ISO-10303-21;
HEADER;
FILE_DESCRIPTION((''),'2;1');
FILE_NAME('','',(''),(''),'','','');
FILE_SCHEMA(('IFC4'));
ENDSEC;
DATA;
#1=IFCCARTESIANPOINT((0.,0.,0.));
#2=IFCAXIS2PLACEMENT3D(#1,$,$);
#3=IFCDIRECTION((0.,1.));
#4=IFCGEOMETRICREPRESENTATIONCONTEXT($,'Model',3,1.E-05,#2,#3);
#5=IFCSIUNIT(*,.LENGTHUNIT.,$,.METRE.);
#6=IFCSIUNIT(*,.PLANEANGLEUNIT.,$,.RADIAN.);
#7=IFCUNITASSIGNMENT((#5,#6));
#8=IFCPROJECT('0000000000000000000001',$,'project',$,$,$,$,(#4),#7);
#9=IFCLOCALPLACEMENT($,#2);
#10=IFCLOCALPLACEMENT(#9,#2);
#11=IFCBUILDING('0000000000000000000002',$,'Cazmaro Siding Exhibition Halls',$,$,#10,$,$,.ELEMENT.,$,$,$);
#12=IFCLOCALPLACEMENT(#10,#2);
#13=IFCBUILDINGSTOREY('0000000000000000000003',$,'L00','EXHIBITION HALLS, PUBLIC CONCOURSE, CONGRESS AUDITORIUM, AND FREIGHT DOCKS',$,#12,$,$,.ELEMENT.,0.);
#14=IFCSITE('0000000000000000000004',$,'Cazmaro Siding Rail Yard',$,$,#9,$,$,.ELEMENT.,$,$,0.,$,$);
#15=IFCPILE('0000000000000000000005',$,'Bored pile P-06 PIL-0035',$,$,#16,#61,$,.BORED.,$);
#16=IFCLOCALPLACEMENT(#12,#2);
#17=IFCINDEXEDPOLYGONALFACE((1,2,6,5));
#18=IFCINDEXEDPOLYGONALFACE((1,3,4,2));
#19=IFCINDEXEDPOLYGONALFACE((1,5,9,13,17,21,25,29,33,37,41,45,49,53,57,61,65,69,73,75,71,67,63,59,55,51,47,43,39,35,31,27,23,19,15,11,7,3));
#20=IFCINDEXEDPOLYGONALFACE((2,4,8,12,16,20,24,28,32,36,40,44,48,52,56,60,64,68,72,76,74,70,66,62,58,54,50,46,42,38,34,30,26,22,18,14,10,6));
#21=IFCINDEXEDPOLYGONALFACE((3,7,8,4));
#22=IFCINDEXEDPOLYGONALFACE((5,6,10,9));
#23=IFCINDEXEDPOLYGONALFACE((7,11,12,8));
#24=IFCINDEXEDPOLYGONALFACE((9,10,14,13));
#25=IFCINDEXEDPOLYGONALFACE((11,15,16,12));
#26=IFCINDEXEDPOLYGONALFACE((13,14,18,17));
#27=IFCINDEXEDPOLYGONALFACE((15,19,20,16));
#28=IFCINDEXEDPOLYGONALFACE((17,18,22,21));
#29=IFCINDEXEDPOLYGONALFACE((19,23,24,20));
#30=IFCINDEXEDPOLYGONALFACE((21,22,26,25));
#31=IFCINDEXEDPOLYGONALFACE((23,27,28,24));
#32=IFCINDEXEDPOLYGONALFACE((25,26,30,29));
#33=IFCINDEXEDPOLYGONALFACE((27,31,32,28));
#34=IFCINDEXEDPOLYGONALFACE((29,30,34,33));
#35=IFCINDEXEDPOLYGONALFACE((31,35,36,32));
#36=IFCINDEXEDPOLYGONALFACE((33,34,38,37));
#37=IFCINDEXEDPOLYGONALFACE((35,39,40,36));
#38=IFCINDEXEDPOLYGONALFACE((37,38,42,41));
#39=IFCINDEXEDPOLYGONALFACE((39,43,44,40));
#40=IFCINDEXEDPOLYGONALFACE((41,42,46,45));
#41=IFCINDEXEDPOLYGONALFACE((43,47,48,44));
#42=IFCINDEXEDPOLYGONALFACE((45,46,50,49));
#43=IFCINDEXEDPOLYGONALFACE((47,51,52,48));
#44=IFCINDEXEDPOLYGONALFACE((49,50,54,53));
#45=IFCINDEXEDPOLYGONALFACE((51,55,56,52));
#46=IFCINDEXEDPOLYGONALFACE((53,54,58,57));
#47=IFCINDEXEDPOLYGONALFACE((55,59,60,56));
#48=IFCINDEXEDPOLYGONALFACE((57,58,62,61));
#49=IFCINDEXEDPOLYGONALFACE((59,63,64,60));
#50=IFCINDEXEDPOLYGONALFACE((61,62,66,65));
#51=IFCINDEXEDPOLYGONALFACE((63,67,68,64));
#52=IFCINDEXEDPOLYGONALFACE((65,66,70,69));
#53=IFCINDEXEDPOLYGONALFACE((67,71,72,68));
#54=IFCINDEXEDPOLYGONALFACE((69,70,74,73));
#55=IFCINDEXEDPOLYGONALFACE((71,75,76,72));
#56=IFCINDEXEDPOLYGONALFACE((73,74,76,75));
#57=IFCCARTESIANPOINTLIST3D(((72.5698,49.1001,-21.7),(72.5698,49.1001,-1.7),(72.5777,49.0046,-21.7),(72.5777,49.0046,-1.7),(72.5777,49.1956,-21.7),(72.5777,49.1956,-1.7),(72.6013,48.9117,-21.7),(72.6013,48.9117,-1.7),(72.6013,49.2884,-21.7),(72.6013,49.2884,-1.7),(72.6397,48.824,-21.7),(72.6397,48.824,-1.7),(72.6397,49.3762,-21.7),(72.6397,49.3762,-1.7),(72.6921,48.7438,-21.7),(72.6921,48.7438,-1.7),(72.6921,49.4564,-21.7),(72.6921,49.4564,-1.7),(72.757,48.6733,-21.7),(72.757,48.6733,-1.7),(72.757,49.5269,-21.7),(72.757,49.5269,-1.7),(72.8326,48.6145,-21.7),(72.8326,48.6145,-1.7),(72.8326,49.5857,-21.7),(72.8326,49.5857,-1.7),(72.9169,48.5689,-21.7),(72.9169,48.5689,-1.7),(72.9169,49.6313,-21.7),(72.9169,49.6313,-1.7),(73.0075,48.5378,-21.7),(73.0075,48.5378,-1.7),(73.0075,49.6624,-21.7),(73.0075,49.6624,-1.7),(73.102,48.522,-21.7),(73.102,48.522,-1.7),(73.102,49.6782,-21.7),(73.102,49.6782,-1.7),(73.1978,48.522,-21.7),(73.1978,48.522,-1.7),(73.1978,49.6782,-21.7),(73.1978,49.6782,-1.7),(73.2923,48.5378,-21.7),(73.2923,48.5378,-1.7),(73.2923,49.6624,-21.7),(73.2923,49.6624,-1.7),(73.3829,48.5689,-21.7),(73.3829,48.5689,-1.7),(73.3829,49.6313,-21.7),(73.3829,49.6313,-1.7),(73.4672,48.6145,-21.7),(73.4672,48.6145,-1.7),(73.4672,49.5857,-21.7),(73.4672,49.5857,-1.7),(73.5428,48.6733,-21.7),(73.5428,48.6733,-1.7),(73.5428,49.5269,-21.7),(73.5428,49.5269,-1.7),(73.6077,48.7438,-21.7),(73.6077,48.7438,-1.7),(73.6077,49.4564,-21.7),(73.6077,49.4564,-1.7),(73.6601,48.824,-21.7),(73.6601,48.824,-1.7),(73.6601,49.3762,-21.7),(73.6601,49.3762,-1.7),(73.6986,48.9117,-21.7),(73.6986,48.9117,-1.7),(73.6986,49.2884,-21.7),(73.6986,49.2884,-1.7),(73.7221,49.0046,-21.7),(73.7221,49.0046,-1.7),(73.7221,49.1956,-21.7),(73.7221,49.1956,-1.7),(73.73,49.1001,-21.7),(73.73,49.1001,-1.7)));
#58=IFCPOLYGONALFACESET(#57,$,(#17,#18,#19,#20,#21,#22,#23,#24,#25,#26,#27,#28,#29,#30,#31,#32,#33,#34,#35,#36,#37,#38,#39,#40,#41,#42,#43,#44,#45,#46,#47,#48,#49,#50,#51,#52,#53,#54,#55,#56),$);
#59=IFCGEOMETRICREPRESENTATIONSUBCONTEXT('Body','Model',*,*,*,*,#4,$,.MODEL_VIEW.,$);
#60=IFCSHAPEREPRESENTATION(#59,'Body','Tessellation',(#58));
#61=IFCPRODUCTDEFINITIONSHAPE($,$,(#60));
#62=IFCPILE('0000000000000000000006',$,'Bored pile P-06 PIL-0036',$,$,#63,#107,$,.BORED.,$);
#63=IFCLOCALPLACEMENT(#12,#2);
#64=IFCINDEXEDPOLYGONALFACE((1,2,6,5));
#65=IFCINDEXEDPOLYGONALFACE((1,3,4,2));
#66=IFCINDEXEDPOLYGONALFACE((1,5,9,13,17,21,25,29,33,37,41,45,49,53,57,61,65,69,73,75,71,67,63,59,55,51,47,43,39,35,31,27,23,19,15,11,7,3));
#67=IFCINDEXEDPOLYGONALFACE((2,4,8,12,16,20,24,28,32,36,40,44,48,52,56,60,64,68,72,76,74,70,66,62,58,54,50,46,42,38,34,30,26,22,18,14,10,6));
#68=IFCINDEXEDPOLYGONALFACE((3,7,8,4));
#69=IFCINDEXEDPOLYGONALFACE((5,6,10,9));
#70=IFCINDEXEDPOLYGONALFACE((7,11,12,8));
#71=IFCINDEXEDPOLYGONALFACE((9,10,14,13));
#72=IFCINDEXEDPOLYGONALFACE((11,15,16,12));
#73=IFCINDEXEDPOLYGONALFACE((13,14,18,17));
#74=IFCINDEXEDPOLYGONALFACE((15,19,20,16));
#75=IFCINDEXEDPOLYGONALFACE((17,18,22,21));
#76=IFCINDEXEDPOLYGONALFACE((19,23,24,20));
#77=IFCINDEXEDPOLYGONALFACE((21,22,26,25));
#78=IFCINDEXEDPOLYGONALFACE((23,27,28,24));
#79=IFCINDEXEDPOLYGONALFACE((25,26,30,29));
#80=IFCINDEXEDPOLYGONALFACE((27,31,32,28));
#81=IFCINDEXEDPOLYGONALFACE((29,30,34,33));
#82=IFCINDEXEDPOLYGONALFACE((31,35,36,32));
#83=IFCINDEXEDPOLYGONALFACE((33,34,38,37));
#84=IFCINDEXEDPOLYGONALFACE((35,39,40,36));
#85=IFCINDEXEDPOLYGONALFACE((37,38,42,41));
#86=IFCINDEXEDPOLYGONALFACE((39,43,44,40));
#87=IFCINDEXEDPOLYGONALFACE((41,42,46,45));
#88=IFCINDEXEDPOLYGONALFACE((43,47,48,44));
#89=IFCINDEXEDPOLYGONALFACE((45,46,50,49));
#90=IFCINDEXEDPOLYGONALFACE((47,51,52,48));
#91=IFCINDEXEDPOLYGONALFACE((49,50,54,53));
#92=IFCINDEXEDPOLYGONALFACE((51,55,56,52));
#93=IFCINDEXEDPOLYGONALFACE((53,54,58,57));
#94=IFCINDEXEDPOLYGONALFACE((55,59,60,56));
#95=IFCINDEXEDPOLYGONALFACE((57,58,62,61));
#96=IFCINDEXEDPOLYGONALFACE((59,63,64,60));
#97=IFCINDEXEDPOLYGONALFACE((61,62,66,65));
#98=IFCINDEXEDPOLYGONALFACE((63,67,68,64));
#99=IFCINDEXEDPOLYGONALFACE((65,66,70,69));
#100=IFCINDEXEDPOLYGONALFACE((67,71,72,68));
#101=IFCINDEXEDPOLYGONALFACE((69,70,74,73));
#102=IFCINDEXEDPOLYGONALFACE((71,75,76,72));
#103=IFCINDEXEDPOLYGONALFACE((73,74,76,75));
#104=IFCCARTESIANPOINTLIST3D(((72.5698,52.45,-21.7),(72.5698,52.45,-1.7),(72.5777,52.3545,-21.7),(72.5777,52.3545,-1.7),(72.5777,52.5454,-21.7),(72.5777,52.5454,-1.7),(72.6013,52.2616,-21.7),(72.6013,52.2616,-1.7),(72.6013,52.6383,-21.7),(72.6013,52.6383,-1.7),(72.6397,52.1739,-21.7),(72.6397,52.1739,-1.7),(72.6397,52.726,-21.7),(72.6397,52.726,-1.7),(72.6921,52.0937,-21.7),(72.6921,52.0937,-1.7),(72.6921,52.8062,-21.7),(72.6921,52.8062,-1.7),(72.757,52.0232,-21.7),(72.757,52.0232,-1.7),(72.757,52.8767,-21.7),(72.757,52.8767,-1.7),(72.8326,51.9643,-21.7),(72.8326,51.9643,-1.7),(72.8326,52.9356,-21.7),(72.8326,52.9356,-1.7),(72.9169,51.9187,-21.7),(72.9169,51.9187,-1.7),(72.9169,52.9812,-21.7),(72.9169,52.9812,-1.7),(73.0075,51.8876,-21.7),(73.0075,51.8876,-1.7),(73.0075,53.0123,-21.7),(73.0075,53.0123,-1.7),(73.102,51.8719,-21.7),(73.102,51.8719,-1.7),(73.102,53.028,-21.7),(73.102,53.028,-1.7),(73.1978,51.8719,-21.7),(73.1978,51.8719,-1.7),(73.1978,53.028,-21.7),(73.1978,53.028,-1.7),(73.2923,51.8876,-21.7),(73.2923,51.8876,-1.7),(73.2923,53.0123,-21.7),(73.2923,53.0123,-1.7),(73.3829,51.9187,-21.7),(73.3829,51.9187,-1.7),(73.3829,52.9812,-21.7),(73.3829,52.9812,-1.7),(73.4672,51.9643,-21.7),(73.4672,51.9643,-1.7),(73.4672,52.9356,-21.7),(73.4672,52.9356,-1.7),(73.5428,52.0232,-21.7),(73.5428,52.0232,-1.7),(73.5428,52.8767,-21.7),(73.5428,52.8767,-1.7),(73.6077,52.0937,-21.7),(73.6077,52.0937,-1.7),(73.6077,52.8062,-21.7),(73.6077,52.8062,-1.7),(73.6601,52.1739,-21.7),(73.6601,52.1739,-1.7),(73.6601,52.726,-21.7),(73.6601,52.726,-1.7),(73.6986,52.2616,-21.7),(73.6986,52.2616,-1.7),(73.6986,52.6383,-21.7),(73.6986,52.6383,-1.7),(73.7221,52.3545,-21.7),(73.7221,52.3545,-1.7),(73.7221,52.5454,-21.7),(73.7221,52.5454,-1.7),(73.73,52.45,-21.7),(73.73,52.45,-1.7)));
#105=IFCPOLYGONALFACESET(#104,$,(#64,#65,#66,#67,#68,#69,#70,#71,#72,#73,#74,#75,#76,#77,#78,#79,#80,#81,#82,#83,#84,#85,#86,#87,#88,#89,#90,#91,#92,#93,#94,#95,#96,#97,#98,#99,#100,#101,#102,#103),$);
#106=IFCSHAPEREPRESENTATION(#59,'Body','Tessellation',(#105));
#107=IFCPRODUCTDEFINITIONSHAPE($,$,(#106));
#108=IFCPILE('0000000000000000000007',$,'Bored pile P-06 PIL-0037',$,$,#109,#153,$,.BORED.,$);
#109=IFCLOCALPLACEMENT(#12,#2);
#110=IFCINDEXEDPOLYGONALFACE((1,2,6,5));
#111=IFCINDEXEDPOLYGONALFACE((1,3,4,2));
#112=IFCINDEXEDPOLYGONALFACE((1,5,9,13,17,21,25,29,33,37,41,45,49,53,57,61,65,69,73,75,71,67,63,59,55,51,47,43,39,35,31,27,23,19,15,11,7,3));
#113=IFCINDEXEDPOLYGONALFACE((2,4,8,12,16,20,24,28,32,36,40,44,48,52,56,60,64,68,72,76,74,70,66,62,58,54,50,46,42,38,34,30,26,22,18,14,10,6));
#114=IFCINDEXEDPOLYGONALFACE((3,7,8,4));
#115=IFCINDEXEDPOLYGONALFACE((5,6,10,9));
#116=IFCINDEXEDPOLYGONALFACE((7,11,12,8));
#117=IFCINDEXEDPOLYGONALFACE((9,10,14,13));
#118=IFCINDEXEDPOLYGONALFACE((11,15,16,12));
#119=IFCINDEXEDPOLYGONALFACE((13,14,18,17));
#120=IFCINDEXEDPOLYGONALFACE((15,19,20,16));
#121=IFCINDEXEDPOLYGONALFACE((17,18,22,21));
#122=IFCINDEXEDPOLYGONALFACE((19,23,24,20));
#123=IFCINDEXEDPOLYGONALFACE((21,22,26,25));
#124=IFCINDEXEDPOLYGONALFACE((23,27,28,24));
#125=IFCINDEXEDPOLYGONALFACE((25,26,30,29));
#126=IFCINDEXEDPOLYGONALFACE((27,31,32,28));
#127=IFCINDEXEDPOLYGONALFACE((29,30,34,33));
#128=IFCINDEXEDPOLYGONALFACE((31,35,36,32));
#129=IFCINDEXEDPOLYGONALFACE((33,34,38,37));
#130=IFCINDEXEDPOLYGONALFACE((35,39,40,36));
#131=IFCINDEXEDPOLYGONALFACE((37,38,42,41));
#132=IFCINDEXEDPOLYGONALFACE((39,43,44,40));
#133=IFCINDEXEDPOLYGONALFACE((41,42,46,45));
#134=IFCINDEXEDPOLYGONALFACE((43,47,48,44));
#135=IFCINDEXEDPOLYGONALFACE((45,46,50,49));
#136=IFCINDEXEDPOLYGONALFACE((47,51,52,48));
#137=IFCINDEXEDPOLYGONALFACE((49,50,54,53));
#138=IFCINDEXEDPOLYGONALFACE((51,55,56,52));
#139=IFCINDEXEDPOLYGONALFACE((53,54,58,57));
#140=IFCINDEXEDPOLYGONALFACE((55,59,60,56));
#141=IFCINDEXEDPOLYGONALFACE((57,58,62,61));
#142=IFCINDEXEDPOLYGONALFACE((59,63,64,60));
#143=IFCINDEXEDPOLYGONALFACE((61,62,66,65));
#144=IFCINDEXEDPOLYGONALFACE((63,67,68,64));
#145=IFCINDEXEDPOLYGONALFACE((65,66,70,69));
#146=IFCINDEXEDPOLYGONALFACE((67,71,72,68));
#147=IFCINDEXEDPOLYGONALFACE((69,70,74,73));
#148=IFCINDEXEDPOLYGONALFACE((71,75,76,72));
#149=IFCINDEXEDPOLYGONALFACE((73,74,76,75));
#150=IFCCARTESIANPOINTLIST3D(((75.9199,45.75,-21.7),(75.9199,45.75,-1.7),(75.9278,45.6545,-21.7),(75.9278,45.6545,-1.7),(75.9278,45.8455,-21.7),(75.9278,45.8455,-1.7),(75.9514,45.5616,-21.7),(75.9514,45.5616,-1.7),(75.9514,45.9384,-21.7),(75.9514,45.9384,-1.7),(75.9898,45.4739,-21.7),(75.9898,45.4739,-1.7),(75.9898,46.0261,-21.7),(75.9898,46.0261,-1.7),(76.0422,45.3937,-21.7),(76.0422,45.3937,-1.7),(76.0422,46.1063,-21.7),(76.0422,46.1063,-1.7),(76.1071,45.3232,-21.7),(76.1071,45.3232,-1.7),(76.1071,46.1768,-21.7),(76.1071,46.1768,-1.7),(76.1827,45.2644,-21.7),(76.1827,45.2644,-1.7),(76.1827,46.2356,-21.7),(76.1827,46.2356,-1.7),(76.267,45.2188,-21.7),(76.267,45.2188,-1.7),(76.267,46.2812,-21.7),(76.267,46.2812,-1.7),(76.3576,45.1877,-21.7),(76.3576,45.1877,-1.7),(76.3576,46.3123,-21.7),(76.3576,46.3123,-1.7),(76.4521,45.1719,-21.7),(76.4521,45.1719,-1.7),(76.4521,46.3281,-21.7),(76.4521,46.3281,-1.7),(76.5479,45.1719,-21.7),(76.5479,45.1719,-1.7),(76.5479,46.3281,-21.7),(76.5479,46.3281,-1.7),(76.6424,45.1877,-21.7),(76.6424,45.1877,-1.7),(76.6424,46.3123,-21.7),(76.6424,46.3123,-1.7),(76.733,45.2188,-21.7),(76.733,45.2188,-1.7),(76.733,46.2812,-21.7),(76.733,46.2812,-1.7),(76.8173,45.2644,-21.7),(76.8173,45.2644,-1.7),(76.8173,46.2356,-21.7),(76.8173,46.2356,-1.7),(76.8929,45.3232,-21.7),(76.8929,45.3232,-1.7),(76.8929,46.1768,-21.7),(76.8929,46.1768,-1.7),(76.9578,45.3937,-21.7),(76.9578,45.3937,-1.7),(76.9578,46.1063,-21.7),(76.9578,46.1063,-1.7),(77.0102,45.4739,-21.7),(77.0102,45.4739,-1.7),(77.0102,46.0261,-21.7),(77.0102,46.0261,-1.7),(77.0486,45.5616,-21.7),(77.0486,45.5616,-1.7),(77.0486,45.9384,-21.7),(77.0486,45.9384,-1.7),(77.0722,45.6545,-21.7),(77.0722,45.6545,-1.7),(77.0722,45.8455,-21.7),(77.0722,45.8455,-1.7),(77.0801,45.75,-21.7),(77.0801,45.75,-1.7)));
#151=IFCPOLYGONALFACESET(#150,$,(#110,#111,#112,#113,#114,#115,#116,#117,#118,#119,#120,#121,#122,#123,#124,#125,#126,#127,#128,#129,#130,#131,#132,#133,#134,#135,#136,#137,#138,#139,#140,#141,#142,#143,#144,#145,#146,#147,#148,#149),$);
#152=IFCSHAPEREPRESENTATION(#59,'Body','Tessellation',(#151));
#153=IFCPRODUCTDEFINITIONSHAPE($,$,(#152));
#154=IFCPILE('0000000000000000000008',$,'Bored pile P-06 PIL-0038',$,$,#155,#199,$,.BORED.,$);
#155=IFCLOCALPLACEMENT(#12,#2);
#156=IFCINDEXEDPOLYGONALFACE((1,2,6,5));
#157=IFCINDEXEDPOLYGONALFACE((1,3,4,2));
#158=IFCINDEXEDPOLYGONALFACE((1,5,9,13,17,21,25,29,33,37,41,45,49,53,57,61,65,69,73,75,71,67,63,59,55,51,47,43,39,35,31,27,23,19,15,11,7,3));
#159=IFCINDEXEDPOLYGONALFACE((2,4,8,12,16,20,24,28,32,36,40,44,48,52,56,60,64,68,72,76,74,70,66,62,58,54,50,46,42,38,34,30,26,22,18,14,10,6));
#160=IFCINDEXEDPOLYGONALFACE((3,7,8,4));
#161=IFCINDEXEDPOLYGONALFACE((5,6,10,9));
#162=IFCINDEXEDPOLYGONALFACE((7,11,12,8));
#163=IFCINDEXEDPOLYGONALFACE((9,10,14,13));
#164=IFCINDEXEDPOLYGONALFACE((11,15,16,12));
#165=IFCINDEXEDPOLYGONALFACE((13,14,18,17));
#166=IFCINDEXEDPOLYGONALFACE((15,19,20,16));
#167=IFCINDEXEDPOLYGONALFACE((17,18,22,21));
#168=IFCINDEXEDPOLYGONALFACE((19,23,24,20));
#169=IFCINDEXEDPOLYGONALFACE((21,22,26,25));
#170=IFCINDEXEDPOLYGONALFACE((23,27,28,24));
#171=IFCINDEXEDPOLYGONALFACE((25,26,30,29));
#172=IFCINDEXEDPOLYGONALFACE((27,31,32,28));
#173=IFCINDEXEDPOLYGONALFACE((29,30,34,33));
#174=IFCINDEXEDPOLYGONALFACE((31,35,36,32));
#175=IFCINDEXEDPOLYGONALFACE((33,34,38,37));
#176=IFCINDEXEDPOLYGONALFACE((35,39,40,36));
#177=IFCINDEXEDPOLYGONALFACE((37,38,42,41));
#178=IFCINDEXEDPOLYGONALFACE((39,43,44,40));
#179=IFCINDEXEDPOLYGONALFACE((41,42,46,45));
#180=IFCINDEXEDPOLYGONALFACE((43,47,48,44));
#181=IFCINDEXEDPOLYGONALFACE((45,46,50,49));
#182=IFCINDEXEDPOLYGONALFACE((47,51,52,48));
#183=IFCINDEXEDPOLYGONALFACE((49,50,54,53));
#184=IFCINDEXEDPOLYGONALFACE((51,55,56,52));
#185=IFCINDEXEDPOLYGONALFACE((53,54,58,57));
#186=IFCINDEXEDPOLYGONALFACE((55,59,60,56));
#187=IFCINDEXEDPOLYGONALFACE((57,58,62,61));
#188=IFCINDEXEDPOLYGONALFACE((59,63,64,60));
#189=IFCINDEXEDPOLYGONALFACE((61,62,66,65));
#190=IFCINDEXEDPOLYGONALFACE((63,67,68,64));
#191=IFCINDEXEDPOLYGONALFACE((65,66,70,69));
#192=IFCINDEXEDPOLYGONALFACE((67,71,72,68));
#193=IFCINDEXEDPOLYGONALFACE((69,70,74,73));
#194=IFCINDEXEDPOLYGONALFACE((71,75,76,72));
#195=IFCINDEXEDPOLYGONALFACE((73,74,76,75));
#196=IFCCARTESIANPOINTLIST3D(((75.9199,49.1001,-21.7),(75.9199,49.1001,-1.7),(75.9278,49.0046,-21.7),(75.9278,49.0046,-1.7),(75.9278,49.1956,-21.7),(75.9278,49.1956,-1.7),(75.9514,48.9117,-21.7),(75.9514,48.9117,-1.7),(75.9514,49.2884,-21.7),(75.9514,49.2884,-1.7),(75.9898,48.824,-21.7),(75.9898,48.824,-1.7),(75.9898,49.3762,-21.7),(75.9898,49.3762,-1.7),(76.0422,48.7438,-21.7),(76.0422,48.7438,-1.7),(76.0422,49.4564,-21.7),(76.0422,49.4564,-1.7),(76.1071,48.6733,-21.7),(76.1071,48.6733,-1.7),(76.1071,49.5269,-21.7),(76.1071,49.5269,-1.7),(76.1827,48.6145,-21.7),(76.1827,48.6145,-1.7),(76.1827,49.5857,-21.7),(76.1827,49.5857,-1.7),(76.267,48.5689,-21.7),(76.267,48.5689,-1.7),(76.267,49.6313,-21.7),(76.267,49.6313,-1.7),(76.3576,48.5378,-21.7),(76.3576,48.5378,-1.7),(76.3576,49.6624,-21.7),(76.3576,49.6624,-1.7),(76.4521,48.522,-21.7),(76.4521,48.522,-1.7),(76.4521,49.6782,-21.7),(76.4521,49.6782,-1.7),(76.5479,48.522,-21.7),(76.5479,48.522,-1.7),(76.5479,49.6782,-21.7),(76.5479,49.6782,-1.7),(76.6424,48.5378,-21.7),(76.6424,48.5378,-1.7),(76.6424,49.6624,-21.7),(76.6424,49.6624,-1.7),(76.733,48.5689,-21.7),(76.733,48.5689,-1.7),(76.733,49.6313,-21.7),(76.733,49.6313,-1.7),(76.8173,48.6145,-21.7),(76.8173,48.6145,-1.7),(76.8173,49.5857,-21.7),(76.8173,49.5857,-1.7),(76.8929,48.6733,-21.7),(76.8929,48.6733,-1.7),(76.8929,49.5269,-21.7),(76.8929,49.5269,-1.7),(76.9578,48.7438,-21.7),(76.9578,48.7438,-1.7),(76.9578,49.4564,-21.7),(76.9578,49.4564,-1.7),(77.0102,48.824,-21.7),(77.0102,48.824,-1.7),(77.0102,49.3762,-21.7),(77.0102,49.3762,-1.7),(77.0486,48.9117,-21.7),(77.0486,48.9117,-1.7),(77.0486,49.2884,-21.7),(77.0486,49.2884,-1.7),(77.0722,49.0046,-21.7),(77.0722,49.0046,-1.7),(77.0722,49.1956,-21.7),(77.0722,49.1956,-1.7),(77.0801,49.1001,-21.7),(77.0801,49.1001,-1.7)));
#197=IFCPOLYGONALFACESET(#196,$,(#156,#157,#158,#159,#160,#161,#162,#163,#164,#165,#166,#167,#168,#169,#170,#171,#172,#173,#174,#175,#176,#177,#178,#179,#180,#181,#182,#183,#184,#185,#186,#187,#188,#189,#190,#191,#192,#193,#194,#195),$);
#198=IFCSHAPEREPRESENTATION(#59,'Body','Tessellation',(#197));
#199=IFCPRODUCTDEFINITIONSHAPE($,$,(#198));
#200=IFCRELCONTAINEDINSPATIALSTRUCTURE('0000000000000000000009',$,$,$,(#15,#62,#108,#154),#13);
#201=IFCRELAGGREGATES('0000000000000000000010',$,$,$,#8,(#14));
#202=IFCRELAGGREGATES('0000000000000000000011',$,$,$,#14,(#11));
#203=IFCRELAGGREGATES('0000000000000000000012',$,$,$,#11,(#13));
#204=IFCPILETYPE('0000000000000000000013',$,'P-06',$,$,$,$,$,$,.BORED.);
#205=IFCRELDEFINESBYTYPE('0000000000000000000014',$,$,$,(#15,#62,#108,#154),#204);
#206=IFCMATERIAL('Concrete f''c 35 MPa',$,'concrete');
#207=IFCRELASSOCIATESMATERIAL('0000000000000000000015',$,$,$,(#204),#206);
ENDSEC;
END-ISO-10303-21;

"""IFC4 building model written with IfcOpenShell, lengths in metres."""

from ifc_helpers import new_model, si_unit, direction, frame, origin, origin_2d, place, context, subcontext, project, spatial, circle, extrude, material, material_profile, profile_set, type_object, element, save


model = new_model("IFC4")

# Units and contexts
model_context = context("Model", 3, precision=1e-05, world=origin(), true_north=direction((0.0, 1.0)))
body_context = subcontext(model_context, "Body", "Model", "MODEL_VIEW")
ifc_project = project(units=[si_unit("LENGTHUNIT", "METRE"), si_unit("PLANEANGLEUNIT", "RADIAN")], contexts=[model_context])

# Site, building, storey
site_placement = place(None, origin())
site = spatial("IfcSite", under=ifc_project, at=site_placement, Name="Cazmaro Siding Rail Yard", CompositionType="ELEMENT", RefElevation=0.0)
building_placement = place(site_placement, origin())
building = spatial("IfcBuilding", under=site, at=building_placement, Name="Cazmaro Siding Exhibition Halls", CompositionType="ELEMENT")
storey_placement = place(building_placement, origin())
storey = spatial("IfcBuildingStorey", under=building, at=storey_placement, Name="L00", Description="EXHIBITION HALLS, PUBLIC CONCOURSE, CONGRESS AUDITORIUM, AND FREIGHT DOCKS", CompositionType="ELEMENT", Elevation=0.0)

# Piles
ifc_material_1 = material(Name="Concrete f'c 35 MPa", Category="concrete")
ifc_material_profile_1 = material_profile(ifc_material_1, circle(Radius=0.5801, at=origin_2d()), Name="CIDH-1160")
ifc_profile_set_1 = profile_set([ifc_material_profile_1], Name="Concrete f'c 35 MPa")
pile_type = type_object("IfcPileType", Name="P-06", PredefinedType="BORED", material=ifc_profile_set_1)
for number, where, z_axis, x_axis, name in (
    (1, (73.1499, 49.1001, -1.7), (0.0, 0.0, -1.0), (1.0, 0.0, 0.0), "Bored pile P-06 PIL-0035"),
    (2, (73.1499, 52.45, -1.7), (0.0, 0.0, -1.0), (1.0, 0.0, 0.0), "Bored pile P-06 PIL-0036"),
    (3, (76.5, 45.75, -1.7), (0.0, 0.0, -1.0), (1.0, 0.0, 0.0), "Bored pile P-06 PIL-0037"),
    (4, (76.5, 49.1001, -1.7), (0.0, 0.0, -1.0), (1.0, 0.0, 0.0), "Bored pile P-06 PIL-0038"),
):
    element("IfcPile", number, at=place(storey_placement, frame(where, z_axis=z_axis, x_axis=x_axis)), inside=storey, type_object=pile_type, Name=name, PredefinedType="BORED", context=body_context, shape_type="SweptSolid", body=[
        extrude(circle(Radius=0.5801, at=origin_2d()), origin(), (0.0, 0.0, 1.0), 20.0),
    ])

save(model, "model.ifc")
